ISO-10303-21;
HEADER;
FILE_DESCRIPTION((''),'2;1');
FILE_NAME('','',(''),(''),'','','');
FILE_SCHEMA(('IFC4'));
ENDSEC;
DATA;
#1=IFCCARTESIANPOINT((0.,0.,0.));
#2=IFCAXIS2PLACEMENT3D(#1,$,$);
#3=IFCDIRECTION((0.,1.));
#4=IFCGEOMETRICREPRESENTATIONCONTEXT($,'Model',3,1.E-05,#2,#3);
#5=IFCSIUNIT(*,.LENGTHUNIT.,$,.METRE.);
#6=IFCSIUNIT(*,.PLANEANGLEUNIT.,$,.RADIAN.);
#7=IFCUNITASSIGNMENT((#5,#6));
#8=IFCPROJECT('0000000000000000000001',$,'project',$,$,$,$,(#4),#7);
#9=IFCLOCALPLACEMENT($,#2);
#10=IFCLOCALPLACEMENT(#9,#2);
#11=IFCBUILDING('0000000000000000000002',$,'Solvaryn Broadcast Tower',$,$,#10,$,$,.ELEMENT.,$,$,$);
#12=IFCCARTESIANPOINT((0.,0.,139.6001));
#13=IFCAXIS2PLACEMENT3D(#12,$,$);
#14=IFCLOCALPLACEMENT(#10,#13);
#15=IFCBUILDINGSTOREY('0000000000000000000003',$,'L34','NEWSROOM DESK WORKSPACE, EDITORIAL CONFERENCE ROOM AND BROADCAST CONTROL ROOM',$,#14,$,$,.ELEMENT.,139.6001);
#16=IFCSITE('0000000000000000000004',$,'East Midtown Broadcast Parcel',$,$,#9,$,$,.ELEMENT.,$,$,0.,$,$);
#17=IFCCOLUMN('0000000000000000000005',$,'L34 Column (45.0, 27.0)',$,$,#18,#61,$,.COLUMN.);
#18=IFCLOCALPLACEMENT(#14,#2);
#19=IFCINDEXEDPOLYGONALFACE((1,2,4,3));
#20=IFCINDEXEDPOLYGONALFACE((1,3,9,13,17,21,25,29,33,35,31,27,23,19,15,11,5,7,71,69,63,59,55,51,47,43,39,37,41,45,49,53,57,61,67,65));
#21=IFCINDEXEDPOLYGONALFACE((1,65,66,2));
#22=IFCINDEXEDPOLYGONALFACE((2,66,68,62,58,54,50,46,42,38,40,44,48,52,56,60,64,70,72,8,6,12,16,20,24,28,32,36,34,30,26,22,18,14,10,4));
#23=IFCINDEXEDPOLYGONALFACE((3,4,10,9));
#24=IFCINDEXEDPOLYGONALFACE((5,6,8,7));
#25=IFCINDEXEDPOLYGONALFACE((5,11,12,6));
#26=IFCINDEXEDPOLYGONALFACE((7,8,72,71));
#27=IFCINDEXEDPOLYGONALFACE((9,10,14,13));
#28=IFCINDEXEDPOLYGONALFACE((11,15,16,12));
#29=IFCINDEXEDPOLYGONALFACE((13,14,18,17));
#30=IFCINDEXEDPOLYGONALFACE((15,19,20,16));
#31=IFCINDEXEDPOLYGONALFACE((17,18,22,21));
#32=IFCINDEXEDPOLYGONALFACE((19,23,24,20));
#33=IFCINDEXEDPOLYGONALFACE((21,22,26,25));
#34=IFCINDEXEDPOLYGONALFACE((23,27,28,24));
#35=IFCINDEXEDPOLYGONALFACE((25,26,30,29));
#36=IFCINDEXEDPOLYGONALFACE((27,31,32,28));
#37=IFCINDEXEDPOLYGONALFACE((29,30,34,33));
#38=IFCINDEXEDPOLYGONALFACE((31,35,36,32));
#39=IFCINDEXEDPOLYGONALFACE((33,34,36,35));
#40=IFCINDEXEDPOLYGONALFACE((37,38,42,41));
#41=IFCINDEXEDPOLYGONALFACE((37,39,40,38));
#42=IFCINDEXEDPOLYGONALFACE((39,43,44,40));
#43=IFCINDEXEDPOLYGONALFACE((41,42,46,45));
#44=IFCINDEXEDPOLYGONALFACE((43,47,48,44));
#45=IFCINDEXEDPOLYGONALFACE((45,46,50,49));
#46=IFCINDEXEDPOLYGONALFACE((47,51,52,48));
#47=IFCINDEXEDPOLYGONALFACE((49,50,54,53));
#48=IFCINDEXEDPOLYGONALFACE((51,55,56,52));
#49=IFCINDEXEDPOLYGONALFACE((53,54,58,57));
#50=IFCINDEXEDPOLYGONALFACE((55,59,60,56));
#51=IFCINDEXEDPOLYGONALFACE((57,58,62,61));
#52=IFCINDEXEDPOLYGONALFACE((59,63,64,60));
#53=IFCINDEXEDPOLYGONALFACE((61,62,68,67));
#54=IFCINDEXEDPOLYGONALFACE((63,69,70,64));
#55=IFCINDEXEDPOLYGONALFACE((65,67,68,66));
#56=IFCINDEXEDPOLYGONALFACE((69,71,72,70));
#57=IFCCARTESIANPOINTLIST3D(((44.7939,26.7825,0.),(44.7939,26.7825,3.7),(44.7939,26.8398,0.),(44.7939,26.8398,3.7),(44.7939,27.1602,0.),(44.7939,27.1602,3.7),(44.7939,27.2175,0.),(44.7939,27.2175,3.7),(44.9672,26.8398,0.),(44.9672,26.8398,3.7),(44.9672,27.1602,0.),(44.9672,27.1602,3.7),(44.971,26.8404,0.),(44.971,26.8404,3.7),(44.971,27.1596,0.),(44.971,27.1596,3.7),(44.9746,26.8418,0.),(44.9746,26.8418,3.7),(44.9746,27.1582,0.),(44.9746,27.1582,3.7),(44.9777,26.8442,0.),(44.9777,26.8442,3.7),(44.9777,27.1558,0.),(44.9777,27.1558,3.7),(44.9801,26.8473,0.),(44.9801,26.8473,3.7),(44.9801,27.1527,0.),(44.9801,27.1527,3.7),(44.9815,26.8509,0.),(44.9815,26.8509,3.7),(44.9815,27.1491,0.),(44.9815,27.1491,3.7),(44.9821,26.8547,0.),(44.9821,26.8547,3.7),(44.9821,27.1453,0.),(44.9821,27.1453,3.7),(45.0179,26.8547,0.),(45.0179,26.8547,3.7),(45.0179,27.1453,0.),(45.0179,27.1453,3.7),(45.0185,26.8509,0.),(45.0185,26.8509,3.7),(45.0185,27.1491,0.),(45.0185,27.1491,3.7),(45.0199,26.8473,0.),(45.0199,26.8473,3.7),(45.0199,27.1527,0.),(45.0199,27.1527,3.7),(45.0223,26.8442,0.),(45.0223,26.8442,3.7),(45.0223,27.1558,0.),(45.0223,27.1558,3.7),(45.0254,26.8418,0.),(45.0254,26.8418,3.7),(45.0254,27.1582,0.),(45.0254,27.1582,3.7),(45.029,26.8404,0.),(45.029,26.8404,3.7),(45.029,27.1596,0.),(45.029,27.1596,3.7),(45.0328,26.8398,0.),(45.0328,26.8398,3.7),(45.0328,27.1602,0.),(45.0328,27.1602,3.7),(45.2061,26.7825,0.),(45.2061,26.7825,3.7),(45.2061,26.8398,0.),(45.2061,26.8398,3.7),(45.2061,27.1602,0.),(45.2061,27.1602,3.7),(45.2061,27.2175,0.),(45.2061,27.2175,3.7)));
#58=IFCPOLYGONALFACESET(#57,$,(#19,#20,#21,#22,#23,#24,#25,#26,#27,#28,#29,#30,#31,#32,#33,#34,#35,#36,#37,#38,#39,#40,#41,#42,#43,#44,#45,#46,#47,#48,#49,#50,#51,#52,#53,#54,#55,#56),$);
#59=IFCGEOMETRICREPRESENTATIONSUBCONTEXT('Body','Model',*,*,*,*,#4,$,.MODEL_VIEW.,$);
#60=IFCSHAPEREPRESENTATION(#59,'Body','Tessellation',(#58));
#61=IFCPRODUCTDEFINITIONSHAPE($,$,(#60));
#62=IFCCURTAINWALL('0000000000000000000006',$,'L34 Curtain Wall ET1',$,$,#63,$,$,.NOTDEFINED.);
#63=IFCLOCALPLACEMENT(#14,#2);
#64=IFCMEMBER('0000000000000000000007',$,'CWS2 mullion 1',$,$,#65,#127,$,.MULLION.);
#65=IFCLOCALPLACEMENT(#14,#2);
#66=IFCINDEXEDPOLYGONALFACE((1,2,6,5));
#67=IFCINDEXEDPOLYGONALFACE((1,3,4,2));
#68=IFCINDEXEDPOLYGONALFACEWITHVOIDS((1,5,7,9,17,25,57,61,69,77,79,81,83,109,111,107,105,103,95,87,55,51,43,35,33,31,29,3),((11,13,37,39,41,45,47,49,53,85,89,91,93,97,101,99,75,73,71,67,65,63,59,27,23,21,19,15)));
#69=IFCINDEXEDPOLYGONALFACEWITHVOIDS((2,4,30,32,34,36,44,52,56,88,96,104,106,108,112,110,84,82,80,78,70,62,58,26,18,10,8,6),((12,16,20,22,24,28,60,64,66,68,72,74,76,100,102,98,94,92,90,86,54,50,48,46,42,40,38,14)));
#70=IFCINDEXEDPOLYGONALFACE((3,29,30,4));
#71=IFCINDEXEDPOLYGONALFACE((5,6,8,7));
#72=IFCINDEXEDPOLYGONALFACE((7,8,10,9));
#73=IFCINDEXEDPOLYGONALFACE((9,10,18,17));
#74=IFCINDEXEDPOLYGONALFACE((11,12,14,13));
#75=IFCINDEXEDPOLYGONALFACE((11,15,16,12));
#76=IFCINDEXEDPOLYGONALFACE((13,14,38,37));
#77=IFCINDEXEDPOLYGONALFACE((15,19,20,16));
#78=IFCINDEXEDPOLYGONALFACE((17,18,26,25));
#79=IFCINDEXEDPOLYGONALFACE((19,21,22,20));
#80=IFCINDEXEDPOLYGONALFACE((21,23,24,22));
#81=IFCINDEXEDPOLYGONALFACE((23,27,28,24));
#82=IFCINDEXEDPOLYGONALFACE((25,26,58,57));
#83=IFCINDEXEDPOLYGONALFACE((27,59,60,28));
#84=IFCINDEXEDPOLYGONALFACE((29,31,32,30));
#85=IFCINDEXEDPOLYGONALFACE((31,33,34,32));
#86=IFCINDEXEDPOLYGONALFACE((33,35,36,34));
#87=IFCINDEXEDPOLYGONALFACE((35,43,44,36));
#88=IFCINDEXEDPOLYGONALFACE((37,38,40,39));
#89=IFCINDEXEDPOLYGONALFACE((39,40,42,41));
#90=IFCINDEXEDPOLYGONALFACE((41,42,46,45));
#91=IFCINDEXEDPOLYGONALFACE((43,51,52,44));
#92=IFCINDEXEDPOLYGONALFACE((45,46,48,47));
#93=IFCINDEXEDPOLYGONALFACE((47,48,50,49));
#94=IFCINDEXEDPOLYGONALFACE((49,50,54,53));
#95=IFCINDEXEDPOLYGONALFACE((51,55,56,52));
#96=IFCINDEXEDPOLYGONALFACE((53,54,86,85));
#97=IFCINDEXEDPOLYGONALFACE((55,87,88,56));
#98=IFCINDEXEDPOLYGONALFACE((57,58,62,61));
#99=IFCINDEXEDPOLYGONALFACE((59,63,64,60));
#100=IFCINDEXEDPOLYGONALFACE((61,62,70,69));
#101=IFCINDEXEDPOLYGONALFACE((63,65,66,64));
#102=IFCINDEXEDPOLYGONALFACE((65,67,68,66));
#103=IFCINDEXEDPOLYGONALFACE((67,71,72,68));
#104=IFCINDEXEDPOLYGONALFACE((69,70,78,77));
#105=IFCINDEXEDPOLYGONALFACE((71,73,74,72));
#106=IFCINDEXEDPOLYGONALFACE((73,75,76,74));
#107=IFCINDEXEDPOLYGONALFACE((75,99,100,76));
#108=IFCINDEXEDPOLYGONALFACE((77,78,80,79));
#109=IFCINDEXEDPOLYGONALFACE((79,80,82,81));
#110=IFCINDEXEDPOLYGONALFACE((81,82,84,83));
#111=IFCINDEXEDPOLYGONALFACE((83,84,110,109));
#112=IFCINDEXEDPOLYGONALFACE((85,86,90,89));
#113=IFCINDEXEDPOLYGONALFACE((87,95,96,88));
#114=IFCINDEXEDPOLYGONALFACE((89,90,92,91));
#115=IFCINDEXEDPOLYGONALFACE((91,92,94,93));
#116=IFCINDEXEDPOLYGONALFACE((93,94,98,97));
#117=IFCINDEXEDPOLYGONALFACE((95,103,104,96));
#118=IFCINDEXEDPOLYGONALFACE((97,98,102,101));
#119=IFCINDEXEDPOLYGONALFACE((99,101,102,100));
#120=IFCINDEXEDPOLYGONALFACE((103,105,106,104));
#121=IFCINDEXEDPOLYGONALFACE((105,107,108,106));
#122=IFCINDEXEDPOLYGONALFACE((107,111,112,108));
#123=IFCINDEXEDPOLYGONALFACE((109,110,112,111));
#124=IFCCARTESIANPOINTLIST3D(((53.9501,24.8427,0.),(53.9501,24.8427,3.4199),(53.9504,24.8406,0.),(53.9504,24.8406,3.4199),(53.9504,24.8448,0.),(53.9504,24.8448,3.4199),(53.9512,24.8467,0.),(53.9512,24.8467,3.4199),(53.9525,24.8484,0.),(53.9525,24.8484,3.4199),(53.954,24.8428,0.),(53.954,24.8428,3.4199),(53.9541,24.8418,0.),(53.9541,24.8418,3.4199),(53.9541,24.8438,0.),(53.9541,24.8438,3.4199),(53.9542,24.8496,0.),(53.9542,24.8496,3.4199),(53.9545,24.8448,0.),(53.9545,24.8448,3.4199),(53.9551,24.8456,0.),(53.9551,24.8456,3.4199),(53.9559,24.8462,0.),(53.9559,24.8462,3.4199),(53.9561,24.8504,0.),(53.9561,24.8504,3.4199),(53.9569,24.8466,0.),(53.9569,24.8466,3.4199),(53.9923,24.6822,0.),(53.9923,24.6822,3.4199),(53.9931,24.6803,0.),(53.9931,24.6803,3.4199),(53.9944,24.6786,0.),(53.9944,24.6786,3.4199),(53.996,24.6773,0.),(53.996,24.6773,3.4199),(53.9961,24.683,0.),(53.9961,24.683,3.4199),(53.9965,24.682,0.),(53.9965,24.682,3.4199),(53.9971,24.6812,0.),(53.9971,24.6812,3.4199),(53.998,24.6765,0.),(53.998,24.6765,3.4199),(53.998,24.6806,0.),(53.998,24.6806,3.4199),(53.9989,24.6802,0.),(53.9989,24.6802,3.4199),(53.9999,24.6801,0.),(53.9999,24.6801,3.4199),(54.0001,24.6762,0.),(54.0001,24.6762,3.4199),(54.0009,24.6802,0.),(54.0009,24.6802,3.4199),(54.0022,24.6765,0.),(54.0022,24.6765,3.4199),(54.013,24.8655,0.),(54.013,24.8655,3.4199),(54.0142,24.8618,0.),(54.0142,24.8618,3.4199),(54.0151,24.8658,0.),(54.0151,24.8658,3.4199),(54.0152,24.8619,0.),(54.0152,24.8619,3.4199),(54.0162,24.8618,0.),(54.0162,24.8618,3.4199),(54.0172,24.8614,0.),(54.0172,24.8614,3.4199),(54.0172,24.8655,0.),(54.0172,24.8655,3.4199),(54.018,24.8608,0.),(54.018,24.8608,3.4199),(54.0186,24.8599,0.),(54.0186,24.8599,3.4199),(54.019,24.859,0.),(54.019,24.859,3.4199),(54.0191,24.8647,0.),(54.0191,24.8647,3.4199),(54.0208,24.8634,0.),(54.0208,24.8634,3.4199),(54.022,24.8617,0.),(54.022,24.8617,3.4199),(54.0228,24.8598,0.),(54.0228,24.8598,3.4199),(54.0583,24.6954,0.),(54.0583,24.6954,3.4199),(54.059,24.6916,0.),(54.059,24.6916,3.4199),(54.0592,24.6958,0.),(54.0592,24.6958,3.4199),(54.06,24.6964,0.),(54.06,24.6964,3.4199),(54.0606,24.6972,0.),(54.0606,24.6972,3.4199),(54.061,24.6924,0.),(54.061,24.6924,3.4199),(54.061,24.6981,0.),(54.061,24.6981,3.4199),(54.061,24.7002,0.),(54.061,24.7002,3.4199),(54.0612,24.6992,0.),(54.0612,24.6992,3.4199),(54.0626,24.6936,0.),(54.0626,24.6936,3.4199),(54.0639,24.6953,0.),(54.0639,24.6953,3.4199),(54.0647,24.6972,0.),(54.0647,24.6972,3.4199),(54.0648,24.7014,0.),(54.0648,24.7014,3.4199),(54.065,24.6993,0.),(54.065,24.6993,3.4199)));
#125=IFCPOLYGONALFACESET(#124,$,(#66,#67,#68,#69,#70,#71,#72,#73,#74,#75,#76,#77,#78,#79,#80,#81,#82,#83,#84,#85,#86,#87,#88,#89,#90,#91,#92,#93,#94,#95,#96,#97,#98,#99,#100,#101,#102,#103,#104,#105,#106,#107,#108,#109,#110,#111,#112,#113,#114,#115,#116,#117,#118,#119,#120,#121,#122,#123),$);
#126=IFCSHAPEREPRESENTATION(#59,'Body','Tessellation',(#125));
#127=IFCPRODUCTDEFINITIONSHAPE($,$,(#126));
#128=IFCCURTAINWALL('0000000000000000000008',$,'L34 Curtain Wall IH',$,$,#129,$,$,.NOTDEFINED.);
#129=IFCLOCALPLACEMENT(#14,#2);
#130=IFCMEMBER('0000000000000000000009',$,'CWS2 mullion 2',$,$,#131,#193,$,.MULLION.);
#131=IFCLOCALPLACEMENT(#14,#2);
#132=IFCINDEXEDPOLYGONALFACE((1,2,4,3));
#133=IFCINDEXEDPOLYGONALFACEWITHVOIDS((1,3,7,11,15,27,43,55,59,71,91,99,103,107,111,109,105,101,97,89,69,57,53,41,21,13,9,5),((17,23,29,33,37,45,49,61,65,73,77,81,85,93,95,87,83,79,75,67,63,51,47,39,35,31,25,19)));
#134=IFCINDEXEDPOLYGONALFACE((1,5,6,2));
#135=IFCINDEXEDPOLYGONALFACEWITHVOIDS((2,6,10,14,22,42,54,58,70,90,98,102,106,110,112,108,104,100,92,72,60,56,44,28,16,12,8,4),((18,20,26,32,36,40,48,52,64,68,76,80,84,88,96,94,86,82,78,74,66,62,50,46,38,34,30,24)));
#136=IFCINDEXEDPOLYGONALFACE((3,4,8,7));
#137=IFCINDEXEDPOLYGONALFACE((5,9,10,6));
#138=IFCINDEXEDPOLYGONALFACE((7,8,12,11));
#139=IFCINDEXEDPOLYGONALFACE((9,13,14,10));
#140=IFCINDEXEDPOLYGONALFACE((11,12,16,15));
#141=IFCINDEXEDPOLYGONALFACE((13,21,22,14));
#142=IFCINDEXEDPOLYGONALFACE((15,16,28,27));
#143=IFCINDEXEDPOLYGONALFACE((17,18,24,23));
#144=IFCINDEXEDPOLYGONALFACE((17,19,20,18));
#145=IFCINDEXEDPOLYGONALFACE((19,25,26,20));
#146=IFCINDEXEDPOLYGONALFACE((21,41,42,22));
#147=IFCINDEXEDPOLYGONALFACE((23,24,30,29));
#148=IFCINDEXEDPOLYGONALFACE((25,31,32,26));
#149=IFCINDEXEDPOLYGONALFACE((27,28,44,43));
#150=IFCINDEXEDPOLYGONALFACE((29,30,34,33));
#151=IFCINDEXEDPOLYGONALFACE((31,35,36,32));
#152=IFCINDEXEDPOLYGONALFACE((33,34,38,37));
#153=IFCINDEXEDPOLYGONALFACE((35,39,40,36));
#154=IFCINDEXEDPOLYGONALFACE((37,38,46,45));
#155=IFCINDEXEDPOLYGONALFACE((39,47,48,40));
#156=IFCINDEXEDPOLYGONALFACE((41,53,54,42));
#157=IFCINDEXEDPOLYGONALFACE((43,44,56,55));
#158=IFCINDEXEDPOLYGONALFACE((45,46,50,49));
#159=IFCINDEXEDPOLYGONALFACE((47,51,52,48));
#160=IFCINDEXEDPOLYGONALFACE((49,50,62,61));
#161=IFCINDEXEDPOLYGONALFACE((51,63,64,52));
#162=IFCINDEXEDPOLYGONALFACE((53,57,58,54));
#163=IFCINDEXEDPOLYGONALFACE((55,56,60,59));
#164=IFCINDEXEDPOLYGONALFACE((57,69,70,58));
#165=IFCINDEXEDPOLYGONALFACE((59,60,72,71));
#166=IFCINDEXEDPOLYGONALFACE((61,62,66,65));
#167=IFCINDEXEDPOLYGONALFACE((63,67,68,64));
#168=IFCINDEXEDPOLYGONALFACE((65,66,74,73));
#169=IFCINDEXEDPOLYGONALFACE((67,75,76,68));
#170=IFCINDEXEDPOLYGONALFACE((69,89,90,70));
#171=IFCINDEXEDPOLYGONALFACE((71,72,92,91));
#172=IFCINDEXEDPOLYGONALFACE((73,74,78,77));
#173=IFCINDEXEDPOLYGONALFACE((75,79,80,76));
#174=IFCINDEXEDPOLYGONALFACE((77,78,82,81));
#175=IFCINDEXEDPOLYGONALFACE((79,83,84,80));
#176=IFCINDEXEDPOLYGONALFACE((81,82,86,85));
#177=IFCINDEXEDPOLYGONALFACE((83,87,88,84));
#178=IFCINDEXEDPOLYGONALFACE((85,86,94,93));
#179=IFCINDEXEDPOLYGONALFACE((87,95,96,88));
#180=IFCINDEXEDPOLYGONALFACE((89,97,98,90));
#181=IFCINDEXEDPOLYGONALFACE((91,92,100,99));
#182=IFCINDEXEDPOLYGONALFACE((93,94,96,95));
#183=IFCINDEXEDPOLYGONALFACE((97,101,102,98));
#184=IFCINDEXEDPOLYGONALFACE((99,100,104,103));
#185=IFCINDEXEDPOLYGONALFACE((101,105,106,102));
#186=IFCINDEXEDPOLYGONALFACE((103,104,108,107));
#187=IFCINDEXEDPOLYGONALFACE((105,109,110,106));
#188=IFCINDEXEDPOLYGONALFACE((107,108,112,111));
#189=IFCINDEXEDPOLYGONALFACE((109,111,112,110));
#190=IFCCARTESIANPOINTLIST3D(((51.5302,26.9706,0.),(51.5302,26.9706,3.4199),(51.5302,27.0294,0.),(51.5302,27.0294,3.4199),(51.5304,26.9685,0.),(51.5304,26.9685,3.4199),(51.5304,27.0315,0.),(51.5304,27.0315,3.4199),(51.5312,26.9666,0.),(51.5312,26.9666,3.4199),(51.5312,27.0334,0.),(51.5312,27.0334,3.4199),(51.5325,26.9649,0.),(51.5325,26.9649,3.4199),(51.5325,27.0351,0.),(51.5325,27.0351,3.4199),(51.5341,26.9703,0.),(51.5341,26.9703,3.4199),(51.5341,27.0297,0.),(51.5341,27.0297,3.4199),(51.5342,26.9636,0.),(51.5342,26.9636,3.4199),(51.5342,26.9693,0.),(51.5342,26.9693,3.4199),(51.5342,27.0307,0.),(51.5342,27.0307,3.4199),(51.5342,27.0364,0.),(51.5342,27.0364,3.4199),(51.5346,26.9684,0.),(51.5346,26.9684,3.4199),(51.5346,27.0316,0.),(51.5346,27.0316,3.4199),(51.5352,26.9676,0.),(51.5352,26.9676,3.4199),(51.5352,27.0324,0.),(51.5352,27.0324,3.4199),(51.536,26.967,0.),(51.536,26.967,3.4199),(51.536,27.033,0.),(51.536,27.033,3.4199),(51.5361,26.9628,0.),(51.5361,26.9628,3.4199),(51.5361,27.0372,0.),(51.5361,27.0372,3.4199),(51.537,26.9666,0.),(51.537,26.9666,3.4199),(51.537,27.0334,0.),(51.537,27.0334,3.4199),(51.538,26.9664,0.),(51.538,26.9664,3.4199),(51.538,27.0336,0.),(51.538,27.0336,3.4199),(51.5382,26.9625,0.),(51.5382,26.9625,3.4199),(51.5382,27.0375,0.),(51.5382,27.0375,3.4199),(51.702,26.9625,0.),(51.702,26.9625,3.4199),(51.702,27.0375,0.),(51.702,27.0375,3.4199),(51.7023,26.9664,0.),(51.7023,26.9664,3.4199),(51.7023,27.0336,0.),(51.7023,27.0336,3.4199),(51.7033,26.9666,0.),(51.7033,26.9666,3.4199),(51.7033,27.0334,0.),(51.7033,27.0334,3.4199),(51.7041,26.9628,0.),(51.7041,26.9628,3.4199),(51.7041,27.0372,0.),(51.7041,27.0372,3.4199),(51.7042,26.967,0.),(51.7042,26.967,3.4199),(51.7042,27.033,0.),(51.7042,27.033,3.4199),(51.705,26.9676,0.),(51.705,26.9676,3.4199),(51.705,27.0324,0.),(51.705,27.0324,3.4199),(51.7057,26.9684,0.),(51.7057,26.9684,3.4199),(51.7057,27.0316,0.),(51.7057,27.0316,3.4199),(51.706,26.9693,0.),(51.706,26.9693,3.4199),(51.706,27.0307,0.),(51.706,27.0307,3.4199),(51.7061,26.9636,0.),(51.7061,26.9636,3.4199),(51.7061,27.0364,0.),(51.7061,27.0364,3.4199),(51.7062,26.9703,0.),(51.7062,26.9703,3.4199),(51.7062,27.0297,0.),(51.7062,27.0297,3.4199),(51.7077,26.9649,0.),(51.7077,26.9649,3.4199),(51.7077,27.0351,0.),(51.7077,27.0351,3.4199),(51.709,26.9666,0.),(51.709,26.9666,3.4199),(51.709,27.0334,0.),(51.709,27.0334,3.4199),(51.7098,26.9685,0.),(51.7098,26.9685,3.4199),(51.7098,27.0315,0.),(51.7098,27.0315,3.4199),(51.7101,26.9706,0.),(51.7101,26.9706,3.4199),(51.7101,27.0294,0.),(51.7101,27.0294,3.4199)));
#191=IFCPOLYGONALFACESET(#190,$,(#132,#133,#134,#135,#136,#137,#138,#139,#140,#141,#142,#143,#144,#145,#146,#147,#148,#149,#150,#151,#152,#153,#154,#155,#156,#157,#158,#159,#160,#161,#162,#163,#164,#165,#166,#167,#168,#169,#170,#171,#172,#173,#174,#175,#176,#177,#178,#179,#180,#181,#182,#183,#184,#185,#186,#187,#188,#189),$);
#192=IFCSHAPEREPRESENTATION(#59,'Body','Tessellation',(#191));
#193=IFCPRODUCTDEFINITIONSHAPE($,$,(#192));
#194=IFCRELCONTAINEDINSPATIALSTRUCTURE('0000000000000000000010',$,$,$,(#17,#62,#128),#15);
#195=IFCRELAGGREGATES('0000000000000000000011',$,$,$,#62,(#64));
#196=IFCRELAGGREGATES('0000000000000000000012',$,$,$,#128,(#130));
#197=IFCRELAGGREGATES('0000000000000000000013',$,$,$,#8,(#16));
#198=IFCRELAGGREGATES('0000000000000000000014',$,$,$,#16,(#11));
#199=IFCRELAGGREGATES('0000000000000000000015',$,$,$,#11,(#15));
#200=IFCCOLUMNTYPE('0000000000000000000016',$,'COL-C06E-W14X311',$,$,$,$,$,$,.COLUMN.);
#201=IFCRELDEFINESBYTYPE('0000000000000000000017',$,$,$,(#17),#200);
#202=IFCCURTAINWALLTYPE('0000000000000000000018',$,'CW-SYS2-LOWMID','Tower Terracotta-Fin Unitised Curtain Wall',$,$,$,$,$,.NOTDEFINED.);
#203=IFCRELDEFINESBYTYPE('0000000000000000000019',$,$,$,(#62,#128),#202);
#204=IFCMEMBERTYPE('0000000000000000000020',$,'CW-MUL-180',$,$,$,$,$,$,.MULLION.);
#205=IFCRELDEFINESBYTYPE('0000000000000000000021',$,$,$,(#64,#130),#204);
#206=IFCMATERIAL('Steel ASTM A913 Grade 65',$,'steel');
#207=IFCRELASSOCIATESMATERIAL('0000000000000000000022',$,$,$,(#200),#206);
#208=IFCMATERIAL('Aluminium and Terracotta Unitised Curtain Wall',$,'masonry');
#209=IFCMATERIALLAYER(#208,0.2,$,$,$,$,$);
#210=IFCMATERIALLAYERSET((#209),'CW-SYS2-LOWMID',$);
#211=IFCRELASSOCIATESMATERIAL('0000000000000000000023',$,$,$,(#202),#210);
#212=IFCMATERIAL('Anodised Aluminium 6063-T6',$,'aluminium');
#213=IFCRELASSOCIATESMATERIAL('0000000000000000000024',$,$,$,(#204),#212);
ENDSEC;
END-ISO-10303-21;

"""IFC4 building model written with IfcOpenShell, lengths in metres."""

from ifc_helpers import new_model, si_unit, direction, frame, origin, origin_2d, place, context, subcontext, project, spatial, hollow_rectangle, i_section, extrude, material, layer, layer_set, material_profile, profile_set, type_object, element, aggregate, save


model = new_model("IFC4")

# Units and contexts
model_context = context("Model", 3, precision=1e-05, world=origin(), true_north=direction((0.0, 1.0)))
body_context = subcontext(model_context, "Body", "Model", "MODEL_VIEW")
ifc_project = project(units=[si_unit("LENGTHUNIT", "METRE"), si_unit("PLANEANGLEUNIT", "RADIAN")], contexts=[model_context])

# Site, building, storey
site_placement = place(None, origin())
site = spatial("IfcSite", under=ifc_project, at=site_placement, Name="East Midtown Broadcast Parcel", CompositionType="ELEMENT", RefElevation=0.0)
building_placement = place(site_placement, origin())
building = spatial("IfcBuilding", under=site, at=building_placement, Name="Solvaryn Broadcast Tower", CompositionType="ELEMENT")
storey_placement = place(building_placement, frame((0.0, 0.0, 139.6001)))
storey = spatial("IfcBuildingStorey", under=building, at=storey_placement, Name="L34", Description="NEWSROOM DESK WORKSPACE, EDITORIAL CONFERENCE ROOM AND BROADCAST CONTROL ROOM", CompositionType="ELEMENT", Elevation=139.6001)

# Column
ifc_material_1 = material(Name="Steel ASTM A913 Grade 65", Category="steel")
ifc_material_profile_1 = material_profile(ifc_material_1, i_section(OverallWidth=0.4121, OverallDepth=0.4351, WebThickness=0.0359, FlangeThickness=0.0574, FilletRadius=0.0149, at=origin_2d()))
ifc_profile_set_1 = profile_set([ifc_material_profile_1], Name="Steel ASTM A913 Grade 65")
column_type = type_object("IfcColumnType", Name="COL-C06E-W14X311", PredefinedType="COLUMN", material=ifc_profile_set_1)
column_placement = place(storey_placement, frame((45.0, 27.0, 0.0), z_axis=(0.0, 0.0, 1.0), x_axis=(1.0, 0.0, 0.0)))
element("IfcColumn", 1, at=column_placement, inside=storey, type_object=column_type, Name="L34 Column (45.0, 27.0)", PredefinedType="COLUMN", context=body_context, shape_type="SweptSolid", body=[
    extrude(i_section(OverallWidth=0.4121, OverallDepth=0.4351, WebThickness=0.0359, FlangeThickness=0.0574, FilletRadius=0.0149, at=origin_2d()), origin(), (0.0, 0.0, 1.0), 3.7),
])

# Curtain walls, members
ifc_material_2 = material(Name="Aluminium and Terracotta Unitised Curtain Wall", Category="masonry")
ifc_layer_1 = layer(ifc_material_2, 0.2)
ifc_layer_set_1 = layer_set([ifc_layer_1], Name="CW-SYS2-LOWMID")
curtain_wall_type = type_object("IfcCurtainWallType", Name="CW-SYS2-LOWMID", Description="Tower Terracotta-Fin Unitised Curtain Wall", PredefinedType="NOTDEFINED", material=ifc_layer_set_1)
curtain_wall_1_placement = place(storey_placement, origin())
curtain_wall_1 = element("IfcCurtainWall", 2, at=curtain_wall_1_placement, inside=storey, type_object=curtain_wall_type, Name="L34 Curtain Wall ET1", PredefinedType="NOTDEFINED")
ifc_material_3 = material(Name="Anodised Aluminium 6063-T6", Category="aluminium")
ifc_material_profile_2 = material_profile(ifc_material_3, hollow_rectangle(XDim=0.075, YDim=0.1799, WallThickness=0.0039, InnerFilletRadius=0.0039, OuterFilletRadius=0.0081, at=origin_2d()))
ifc_profile_set_2 = profile_set([ifc_material_profile_2], Name="Anodised Aluminium 6063-T6")
member_type_1 = type_object("IfcMemberType", Name="CW-MUL-180", PredefinedType="MULLION", material=ifc_profile_set_2)
member_1_placement = place(storey_placement, frame((54.0076, 24.771, 0.0), z_axis=(0.0, 0.0, 1.0), x_axis=(0.966705, 0.255893, 0.0)))
member_1 = element("IfcMember", 3, at=member_1_placement, type_object=member_type_1, Name="CWS2 mullion 1", PredefinedType="MULLION", context=body_context, shape_type="SweptSolid", body=[
    extrude(hollow_rectangle(XDim=0.075, YDim=0.1799, WallThickness=0.0039, InnerFilletRadius=0.0039, OuterFilletRadius=0.0081, at=origin_2d()), origin(), (0.0, 0.0, 1.0), 3.4199),
])
curtain_wall_2_placement = place(storey_placement, origin())
curtain_wall_2 = element("IfcCurtainWall", 4, at=curtain_wall_2_placement, inside=storey, type_object=curtain_wall_type, Name="L34 Curtain Wall IH", PredefinedType="NOTDEFINED")
member_2_placement = place(storey_placement, frame((51.6201, 27.0, 0.0), z_axis=(0.0, 0.0, 1.0), x_axis=(0.0, 1.0, 0.0)))
member_2 = element("IfcMember", 5, at=member_2_placement, type_object=member_type_1, Name="CWS2 mullion 2", PredefinedType="MULLION", context=body_context, shape_type="SweptSolid", body=[
    extrude(hollow_rectangle(XDim=0.075, YDim=0.1799, WallThickness=0.0039, InnerFilletRadius=0.0039, OuterFilletRadius=0.0081, at=origin_2d()), origin(), (0.0, 0.0, 1.0), 3.4199),
])

aggregate(curtain_wall_1, [member_1])
aggregate(curtain_wall_2, [member_2])

save(model, "model.ifc")
